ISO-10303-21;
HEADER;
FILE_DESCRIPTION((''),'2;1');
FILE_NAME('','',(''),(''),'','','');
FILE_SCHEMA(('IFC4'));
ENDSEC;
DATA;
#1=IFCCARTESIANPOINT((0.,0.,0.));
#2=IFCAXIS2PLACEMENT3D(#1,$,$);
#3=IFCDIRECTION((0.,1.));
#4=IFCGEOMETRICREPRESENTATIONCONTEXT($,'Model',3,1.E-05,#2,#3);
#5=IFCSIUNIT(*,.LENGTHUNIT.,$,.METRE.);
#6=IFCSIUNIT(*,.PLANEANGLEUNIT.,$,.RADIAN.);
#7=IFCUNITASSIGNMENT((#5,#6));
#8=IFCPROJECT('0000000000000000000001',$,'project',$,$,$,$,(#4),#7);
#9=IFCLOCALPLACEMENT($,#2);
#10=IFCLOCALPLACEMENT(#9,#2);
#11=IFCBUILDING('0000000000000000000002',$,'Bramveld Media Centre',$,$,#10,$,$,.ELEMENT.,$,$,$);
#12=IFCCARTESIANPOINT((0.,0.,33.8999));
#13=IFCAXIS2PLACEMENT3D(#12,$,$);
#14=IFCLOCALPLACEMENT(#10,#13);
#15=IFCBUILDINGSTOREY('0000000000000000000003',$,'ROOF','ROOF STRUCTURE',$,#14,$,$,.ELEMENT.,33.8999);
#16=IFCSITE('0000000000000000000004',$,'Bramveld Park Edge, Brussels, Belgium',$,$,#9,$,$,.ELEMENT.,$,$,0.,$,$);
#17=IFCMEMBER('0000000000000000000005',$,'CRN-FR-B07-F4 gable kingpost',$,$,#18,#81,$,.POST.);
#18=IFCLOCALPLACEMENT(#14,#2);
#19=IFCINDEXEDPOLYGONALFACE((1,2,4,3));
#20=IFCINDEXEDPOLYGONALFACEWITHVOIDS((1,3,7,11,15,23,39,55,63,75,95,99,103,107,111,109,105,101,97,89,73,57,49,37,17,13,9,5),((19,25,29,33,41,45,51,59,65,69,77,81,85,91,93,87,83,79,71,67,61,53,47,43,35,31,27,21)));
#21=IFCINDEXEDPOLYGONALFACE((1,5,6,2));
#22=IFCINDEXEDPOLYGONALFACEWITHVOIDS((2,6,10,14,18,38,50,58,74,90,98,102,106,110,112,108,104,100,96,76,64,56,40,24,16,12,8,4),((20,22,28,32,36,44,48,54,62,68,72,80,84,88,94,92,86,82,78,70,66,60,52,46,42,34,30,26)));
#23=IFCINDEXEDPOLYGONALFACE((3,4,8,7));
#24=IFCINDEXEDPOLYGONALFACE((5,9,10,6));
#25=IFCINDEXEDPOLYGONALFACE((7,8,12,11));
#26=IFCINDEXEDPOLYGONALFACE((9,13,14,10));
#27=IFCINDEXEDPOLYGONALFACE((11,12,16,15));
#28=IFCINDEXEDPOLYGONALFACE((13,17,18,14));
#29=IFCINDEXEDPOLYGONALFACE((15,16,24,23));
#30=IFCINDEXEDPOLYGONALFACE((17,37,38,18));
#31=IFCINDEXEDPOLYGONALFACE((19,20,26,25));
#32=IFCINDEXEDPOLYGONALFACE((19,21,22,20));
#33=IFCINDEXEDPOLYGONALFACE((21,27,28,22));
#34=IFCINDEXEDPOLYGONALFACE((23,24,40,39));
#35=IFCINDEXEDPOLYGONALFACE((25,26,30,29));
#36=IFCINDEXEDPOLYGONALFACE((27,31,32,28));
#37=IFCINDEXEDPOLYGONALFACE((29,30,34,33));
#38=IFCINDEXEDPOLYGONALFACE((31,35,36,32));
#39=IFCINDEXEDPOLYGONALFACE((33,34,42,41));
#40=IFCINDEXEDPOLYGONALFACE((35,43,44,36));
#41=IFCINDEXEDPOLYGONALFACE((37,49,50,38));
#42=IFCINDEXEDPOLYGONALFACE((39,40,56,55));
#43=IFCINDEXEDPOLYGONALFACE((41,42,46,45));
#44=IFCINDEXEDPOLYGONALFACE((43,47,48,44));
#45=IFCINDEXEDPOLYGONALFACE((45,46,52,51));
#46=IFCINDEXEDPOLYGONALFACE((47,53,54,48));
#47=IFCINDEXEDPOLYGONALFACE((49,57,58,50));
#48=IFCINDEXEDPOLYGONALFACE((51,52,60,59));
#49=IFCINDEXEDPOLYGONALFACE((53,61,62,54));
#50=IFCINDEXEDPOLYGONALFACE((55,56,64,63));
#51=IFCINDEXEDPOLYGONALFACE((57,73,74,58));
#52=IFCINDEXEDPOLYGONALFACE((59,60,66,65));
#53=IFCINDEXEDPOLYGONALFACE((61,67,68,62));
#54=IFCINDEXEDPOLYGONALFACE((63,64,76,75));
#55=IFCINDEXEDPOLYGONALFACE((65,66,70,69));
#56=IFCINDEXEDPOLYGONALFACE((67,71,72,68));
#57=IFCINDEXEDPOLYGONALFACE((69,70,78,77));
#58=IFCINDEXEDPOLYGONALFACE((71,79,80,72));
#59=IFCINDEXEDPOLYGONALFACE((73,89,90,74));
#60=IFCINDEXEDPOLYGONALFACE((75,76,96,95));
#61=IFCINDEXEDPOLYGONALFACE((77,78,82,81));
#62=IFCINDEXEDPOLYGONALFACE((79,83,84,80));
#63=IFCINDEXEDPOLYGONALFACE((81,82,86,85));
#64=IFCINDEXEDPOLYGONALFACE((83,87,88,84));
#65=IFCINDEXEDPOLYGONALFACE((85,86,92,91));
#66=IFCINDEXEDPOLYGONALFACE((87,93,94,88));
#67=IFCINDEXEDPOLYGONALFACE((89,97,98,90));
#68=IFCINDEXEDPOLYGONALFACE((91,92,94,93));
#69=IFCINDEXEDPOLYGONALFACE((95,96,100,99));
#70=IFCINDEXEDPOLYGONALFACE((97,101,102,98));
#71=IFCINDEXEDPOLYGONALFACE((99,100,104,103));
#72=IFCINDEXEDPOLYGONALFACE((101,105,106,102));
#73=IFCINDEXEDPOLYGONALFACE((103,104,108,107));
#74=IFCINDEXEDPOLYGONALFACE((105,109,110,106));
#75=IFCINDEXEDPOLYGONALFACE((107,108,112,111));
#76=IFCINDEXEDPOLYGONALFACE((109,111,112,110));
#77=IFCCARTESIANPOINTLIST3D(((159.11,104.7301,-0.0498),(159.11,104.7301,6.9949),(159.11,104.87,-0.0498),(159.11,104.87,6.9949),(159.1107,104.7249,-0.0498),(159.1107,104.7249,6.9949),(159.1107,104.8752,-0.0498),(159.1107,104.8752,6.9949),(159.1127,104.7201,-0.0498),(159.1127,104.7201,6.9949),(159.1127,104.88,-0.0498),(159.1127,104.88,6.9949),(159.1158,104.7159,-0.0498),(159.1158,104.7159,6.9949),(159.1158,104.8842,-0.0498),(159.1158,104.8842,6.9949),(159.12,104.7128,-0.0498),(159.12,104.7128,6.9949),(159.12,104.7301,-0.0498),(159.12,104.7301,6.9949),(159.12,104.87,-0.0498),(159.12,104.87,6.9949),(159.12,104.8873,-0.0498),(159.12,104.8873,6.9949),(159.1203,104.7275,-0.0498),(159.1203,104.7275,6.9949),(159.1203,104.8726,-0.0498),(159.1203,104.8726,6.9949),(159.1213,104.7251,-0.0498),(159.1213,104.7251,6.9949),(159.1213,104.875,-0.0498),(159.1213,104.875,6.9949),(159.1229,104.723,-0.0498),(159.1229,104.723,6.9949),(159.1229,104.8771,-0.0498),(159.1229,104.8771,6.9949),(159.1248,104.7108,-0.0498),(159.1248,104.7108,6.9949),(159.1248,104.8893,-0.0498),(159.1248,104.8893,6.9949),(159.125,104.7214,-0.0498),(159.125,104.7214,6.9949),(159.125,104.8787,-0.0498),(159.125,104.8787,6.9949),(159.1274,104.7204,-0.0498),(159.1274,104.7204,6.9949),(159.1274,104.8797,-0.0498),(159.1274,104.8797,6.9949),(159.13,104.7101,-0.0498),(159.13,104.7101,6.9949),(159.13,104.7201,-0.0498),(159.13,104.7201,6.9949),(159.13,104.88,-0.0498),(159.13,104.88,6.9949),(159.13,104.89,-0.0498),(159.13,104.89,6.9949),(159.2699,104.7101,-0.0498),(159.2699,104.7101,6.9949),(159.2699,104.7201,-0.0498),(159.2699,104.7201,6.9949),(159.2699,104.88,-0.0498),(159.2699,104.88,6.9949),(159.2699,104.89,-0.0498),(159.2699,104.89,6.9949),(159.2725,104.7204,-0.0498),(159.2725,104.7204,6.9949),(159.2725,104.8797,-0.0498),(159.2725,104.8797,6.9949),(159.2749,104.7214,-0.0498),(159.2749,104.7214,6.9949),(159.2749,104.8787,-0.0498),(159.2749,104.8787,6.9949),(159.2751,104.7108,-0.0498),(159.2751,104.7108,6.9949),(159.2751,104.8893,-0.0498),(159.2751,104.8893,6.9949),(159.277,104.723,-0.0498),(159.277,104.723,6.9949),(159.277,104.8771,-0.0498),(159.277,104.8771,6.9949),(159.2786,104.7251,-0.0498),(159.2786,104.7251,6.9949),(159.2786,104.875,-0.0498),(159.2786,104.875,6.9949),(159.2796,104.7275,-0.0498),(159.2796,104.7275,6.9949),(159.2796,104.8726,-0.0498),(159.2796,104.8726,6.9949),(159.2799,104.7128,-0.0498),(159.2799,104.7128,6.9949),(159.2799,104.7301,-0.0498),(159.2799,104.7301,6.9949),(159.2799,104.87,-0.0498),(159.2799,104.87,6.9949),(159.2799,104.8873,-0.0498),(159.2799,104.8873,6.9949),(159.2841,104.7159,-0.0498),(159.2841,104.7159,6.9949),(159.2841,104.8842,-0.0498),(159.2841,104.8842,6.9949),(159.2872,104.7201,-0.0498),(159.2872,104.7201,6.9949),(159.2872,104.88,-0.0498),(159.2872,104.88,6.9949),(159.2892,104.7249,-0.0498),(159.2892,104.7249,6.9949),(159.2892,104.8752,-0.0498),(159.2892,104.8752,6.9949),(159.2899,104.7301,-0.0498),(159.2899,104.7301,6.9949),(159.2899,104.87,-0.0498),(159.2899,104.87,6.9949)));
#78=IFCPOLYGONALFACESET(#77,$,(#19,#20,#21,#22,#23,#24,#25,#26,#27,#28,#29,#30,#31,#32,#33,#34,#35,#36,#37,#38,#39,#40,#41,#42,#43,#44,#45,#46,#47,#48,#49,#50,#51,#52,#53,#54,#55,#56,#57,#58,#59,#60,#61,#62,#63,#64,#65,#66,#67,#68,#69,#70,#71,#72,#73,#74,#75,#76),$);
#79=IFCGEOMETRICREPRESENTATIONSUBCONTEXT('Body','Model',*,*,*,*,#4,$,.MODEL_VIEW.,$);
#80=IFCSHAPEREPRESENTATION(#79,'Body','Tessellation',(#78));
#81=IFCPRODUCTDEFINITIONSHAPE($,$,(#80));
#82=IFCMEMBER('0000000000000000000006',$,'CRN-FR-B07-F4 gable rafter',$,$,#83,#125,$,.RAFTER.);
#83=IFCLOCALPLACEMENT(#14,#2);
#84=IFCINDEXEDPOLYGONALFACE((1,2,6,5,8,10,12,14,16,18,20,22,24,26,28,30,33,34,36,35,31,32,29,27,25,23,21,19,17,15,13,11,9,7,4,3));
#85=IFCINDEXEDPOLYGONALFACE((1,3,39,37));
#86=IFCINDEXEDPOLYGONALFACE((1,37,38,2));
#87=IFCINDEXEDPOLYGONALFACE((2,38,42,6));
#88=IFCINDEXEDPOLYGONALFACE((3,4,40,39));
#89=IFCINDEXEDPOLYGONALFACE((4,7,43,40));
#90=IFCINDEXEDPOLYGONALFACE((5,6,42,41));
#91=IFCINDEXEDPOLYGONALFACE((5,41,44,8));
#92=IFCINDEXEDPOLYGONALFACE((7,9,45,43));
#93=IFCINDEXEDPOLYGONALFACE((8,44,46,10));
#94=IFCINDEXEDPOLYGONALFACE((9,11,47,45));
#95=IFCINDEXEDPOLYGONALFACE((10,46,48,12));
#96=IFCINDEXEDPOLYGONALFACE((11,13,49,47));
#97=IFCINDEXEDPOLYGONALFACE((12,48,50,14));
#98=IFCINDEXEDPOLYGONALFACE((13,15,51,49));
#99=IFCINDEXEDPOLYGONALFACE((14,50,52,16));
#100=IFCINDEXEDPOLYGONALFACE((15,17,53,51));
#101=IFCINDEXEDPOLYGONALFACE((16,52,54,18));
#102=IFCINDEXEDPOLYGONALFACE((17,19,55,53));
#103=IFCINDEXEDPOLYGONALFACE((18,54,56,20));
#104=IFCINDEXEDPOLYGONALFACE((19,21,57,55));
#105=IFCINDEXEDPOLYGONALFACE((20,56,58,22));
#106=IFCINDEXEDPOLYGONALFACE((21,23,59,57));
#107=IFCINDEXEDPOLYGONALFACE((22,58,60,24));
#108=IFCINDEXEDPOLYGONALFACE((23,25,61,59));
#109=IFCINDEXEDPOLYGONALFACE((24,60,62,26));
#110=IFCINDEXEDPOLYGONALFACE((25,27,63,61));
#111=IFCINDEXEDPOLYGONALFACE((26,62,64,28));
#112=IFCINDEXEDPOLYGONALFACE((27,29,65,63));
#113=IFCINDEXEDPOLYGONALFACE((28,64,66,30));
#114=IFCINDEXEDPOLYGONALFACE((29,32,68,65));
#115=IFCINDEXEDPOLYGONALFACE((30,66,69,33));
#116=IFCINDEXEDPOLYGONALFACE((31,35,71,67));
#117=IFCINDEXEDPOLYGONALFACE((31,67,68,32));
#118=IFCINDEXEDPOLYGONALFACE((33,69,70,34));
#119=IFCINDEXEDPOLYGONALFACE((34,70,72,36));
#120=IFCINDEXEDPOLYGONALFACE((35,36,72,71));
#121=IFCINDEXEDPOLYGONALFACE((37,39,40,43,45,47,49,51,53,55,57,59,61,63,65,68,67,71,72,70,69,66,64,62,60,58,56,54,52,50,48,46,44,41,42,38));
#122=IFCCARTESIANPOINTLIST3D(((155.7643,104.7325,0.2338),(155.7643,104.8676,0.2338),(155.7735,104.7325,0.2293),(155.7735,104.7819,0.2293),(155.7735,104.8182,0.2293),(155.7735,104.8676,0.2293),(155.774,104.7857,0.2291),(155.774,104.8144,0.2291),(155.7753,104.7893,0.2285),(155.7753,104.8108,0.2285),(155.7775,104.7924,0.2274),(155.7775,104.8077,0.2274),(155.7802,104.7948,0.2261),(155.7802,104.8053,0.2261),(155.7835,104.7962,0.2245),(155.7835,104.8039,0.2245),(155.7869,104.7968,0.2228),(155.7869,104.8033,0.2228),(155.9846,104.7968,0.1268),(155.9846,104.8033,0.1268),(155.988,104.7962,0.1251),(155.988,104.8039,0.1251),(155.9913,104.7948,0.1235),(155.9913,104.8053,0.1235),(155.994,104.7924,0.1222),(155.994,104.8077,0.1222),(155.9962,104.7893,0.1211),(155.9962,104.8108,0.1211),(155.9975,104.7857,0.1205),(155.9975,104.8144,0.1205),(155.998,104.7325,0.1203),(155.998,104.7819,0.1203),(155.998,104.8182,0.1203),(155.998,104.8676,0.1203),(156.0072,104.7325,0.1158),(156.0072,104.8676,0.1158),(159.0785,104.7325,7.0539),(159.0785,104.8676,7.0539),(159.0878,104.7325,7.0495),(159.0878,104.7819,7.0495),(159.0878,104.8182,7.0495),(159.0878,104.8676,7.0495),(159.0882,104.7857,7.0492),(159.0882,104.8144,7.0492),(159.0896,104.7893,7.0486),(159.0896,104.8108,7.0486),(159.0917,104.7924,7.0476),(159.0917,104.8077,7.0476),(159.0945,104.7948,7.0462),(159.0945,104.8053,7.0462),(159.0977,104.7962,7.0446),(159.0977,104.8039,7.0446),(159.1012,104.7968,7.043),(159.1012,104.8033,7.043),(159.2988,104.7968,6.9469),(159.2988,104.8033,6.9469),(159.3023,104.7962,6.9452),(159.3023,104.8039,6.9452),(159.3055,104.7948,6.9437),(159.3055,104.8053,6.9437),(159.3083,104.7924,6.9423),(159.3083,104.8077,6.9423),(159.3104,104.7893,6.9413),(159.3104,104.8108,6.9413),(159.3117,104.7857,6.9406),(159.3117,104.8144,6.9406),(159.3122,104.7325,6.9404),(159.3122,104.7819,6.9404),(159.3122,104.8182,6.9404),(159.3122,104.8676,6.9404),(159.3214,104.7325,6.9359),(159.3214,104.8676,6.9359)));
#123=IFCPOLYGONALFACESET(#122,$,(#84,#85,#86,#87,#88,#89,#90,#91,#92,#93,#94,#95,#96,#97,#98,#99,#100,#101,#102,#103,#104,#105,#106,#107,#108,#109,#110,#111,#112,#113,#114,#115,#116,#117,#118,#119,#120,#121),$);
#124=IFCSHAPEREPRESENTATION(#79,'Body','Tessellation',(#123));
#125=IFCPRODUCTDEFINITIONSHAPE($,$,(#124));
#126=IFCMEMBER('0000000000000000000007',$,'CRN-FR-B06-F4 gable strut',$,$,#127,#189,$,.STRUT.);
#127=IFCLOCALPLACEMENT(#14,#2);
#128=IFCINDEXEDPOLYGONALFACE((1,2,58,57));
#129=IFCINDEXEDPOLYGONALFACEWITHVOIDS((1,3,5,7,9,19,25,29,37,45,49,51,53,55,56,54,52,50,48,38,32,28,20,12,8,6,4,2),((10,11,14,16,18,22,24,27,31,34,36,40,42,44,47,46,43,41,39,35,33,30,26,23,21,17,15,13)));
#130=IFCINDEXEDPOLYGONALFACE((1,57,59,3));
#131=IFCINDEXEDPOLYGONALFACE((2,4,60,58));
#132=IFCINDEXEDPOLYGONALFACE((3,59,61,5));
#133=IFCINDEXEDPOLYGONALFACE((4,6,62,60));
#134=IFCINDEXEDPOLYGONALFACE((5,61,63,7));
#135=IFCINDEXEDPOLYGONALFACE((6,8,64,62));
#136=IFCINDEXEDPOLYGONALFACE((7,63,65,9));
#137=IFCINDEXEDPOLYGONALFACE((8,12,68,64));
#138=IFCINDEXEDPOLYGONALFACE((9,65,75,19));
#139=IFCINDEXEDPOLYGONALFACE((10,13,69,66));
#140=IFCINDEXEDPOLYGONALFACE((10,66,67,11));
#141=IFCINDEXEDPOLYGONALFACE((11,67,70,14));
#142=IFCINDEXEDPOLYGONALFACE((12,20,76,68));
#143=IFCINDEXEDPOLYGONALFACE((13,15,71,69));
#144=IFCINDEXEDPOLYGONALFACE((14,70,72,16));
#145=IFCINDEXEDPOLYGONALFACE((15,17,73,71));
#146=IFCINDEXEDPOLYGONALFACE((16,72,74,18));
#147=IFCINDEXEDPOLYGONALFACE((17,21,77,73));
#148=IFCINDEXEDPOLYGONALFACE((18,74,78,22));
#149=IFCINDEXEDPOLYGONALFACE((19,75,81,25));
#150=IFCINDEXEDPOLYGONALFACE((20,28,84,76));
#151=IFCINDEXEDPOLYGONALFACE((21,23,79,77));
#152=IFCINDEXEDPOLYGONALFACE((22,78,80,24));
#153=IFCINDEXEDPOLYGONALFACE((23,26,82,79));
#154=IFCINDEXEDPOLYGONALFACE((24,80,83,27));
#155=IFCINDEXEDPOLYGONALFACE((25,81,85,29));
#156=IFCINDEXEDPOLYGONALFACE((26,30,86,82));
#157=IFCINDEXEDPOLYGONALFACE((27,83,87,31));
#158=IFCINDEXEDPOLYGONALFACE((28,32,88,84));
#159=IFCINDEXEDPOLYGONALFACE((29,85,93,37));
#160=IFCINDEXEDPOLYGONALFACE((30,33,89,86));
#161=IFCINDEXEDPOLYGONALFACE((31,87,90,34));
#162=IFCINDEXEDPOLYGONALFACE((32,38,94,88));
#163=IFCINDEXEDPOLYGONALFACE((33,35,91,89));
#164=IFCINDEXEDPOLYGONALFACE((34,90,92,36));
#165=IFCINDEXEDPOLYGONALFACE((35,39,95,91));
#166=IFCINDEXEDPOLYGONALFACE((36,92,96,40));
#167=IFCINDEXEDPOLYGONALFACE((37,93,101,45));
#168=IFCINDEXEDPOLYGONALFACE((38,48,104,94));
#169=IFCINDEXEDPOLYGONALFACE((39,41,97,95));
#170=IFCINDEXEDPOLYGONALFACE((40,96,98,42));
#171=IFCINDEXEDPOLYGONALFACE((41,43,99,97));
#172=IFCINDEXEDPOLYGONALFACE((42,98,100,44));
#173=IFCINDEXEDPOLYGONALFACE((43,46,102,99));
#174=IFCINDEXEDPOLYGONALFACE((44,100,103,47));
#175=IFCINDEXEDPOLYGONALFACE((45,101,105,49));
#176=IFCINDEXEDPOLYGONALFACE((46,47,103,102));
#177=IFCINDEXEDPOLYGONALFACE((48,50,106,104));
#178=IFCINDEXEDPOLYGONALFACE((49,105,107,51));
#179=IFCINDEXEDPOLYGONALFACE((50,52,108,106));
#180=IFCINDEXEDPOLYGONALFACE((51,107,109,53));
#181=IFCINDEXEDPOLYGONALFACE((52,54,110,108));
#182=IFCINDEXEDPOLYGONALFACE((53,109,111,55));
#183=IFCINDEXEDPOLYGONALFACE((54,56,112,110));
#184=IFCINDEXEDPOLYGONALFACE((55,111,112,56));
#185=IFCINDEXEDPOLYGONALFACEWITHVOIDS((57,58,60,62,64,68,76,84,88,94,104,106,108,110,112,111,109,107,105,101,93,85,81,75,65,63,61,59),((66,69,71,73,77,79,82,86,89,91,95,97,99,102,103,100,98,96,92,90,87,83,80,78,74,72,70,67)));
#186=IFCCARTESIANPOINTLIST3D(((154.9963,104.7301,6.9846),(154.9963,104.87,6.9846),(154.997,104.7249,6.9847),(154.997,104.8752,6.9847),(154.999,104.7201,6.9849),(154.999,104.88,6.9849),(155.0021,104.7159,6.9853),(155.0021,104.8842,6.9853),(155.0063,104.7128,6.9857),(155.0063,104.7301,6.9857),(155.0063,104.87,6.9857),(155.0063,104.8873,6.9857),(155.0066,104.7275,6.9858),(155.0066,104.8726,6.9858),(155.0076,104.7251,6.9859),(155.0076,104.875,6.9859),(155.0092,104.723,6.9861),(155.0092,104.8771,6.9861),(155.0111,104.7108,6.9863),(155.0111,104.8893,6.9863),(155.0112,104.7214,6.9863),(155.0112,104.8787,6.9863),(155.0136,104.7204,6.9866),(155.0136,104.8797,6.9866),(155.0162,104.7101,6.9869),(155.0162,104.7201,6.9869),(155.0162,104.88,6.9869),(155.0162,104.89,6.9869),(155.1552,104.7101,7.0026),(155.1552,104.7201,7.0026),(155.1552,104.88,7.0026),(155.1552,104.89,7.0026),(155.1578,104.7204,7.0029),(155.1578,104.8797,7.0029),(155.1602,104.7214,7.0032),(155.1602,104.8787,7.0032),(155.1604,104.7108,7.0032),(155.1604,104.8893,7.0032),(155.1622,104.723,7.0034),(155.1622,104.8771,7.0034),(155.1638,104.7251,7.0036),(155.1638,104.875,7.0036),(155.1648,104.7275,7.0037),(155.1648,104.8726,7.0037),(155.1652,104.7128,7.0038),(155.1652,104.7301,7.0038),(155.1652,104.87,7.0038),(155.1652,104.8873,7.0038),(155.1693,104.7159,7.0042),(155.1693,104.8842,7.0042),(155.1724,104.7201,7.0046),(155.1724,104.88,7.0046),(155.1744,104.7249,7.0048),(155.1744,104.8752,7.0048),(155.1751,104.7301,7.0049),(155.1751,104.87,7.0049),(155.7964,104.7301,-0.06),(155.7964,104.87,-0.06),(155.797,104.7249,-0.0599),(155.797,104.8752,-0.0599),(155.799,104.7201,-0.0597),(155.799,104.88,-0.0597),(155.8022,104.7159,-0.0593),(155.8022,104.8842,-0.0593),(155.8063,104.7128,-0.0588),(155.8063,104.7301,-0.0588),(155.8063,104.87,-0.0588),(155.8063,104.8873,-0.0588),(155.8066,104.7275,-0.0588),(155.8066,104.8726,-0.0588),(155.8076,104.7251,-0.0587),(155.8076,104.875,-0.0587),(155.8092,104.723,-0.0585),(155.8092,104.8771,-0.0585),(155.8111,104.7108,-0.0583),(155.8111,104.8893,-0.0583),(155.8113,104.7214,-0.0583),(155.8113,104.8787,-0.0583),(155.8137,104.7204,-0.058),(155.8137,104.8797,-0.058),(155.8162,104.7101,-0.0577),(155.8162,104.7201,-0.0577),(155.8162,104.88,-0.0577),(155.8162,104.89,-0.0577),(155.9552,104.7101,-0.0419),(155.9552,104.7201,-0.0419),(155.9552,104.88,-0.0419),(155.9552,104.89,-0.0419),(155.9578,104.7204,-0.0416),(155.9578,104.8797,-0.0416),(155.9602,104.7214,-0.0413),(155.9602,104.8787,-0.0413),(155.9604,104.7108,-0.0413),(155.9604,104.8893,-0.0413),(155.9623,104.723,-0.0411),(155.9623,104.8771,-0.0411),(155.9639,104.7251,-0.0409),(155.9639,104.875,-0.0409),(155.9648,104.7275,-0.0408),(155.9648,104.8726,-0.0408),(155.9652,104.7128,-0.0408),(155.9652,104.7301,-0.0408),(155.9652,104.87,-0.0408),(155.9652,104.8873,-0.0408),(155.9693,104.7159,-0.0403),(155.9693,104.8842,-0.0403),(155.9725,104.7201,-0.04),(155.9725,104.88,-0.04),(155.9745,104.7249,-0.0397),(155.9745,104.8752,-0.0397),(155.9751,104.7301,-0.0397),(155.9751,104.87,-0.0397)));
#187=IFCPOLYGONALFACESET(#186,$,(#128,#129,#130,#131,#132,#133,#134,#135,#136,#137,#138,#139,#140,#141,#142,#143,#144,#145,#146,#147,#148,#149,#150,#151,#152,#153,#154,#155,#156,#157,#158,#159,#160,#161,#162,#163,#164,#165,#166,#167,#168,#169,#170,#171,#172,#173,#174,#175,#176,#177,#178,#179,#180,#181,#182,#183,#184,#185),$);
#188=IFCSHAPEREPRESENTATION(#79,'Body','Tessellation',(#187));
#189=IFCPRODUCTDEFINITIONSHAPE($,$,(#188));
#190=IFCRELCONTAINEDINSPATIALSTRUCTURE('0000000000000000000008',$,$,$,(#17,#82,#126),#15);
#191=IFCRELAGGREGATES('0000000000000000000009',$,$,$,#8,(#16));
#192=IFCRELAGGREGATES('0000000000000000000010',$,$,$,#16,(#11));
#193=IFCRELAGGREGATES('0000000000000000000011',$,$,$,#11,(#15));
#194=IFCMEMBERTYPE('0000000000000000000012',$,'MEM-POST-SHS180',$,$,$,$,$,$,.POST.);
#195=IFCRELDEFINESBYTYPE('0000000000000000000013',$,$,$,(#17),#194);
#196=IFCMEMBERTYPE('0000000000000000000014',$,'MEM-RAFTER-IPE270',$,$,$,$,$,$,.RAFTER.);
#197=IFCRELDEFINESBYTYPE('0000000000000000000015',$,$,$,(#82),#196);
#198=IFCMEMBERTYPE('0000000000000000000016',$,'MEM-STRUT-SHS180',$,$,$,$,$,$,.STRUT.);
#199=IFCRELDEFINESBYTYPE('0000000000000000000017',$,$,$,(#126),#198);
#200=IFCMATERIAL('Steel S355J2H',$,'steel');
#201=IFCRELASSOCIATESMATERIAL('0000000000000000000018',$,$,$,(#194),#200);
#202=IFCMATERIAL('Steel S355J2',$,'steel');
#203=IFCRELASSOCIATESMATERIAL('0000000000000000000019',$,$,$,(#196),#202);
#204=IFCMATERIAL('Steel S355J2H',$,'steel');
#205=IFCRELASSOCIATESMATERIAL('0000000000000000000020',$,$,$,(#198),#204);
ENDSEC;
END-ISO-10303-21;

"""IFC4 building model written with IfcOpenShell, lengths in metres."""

from ifc_helpers import new_model, si_unit, direction, frame, origin, origin_2d, place, context, subcontext, project, spatial, hollow_rectangle, i_section, extrude, material, material_profile, profile_set, type_object, element, save


model = new_model("IFC4")

# Units and contexts
model_context = context("Model", 3, precision=1e-05, world=origin(), true_north=direction((0.0, 1.0)))
body_context = subcontext(model_context, "Body", "Model", "MODEL_VIEW")
ifc_project = project(units=[si_unit("LENGTHUNIT", "METRE"), si_unit("PLANEANGLEUNIT", "RADIAN")], contexts=[model_context])

# Site, building, storey
site_placement = place(None, origin())
site = spatial("IfcSite", under=ifc_project, at=site_placement, Name="Bramveld Park Edge, Brussels, Belgium", CompositionType="ELEMENT", RefElevation=0.0)
building_placement = place(site_placement, origin())
building = spatial("IfcBuilding", under=site, at=building_placement, Name="Bramveld Media Centre", CompositionType="ELEMENT")
storey_placement = place(building_placement, frame((0.0, 0.0, 33.8999)))
storey = spatial("IfcBuildingStorey", under=building, at=storey_placement, Name="ROOF", Description="ROOF STRUCTURE", CompositionType="ELEMENT", Elevation=33.8999)

# Members
ifc_material_1 = material(Name="Steel S355J2H", Category="steel")
ifc_material_profile_1 = material_profile(ifc_material_1, hollow_rectangle(XDim=0.1799, YDim=0.1799, WallThickness=0.01, InnerFilletRadius=0.01, OuterFilletRadius=0.02, at=origin_2d()), Name="SHS 180x180x10")
ifc_profile_set_1 = profile_set([ifc_material_profile_1], Name="Steel S355J2H")
member_type_1 = type_object("IfcMemberType", Name="MEM-POST-SHS180", PredefinedType="POST", material=ifc_profile_set_1)
member_1_placement = place(storey_placement, frame((159.2, 104.8, -0.0498), z_axis=(0.0, 0.0, 1.0), x_axis=(1.0, 0.0, 0.0)))
element("IfcMember", 1, at=member_1_placement, inside=storey, type_object=member_type_1, Name="CRN-FR-B07-F4 gable kingpost", PredefinedType="POST", context=body_context, shape_type="SweptSolid", body=[
    extrude(hollow_rectangle(XDim=0.1799, YDim=0.1799, WallThickness=0.01, InnerFilletRadius=0.01, OuterFilletRadius=0.02, at=origin_2d()), origin(), (0.0, 0.0, 1.0), 7.0447),
])
ifc_material_2 = material(Name="Steel S355J2", Category="steel")
ifc_material_profile_2 = material_profile(ifc_material_2, i_section(OverallWidth=0.135, OverallDepth=0.27, WebThickness=0.0066, FlangeThickness=0.0103, FilletRadius=0.0149, at=origin_2d()), Name="IPE 270")
ifc_profile_set_2 = profile_set([ifc_material_profile_2], Name="Steel S355J2")
member_type_2 = type_object("IfcMemberType", Name="MEM-RAFTER-IPE270", PredefinedType="RAFTER", material=ifc_profile_set_2)
member_2_placement = place(storey_placement, frame((155.8857, 104.8, 0.1748), z_axis=(0.437075, 0.0, 0.899425), x_axis=(0.0, 1.0, 0.0)))
element("IfcMember", 2, at=member_2_placement, inside=storey, type_object=member_type_2, Name="CRN-FR-B07-F4 gable rafter", PredefinedType="RAFTER", context=body_context, shape_type="SweptSolid", body=[
    extrude(i_section(OverallWidth=0.135, OverallDepth=0.27, WebThickness=0.0066, FlangeThickness=0.0103, FilletRadius=0.0149, at=origin_2d()), origin(), (0.0, 0.0, 1.0), 7.5828),
])
ifc_material_3 = material(Name="Steel S355J2H", Category="steel")
ifc_material_profile_3 = material_profile(ifc_material_3, hollow_rectangle(XDim=0.1799, YDim=0.1799, WallThickness=0.01, InnerFilletRadius=0.01, OuterFilletRadius=0.02, at=origin_2d()), Name="SHS 180x180x10")
ifc_profile_set_3 = profile_set([ifc_material_profile_3], Name="Steel S355J2H")
member_type_3 = type_object("IfcMemberType", Name="MEM-STRUT-SHS180", PredefinedType="STRUT", material=ifc_profile_set_3)
member_3_placement = place(storey_placement, frame((155.8857, 104.8, -0.0498), z_axis=(-0.112842, 0.0, 0.993613), x_axis=(0.0, -1.0, 0.0)))
element("IfcMember", 3, at=member_3_placement, inside=storey, type_object=member_type_3, Name="CRN-FR-B06-F4 gable strut", PredefinedType="STRUT", context=body_context, shape_type="SweptSolid", body=[
    extrude(hollow_rectangle(XDim=0.1799, YDim=0.1799, WallThickness=0.01, InnerFilletRadius=0.01, OuterFilletRadius=0.02, at=origin_2d()), origin(), (0.0, 0.0, 1.0), 7.0898),
])

save(model, "model.ifc")
